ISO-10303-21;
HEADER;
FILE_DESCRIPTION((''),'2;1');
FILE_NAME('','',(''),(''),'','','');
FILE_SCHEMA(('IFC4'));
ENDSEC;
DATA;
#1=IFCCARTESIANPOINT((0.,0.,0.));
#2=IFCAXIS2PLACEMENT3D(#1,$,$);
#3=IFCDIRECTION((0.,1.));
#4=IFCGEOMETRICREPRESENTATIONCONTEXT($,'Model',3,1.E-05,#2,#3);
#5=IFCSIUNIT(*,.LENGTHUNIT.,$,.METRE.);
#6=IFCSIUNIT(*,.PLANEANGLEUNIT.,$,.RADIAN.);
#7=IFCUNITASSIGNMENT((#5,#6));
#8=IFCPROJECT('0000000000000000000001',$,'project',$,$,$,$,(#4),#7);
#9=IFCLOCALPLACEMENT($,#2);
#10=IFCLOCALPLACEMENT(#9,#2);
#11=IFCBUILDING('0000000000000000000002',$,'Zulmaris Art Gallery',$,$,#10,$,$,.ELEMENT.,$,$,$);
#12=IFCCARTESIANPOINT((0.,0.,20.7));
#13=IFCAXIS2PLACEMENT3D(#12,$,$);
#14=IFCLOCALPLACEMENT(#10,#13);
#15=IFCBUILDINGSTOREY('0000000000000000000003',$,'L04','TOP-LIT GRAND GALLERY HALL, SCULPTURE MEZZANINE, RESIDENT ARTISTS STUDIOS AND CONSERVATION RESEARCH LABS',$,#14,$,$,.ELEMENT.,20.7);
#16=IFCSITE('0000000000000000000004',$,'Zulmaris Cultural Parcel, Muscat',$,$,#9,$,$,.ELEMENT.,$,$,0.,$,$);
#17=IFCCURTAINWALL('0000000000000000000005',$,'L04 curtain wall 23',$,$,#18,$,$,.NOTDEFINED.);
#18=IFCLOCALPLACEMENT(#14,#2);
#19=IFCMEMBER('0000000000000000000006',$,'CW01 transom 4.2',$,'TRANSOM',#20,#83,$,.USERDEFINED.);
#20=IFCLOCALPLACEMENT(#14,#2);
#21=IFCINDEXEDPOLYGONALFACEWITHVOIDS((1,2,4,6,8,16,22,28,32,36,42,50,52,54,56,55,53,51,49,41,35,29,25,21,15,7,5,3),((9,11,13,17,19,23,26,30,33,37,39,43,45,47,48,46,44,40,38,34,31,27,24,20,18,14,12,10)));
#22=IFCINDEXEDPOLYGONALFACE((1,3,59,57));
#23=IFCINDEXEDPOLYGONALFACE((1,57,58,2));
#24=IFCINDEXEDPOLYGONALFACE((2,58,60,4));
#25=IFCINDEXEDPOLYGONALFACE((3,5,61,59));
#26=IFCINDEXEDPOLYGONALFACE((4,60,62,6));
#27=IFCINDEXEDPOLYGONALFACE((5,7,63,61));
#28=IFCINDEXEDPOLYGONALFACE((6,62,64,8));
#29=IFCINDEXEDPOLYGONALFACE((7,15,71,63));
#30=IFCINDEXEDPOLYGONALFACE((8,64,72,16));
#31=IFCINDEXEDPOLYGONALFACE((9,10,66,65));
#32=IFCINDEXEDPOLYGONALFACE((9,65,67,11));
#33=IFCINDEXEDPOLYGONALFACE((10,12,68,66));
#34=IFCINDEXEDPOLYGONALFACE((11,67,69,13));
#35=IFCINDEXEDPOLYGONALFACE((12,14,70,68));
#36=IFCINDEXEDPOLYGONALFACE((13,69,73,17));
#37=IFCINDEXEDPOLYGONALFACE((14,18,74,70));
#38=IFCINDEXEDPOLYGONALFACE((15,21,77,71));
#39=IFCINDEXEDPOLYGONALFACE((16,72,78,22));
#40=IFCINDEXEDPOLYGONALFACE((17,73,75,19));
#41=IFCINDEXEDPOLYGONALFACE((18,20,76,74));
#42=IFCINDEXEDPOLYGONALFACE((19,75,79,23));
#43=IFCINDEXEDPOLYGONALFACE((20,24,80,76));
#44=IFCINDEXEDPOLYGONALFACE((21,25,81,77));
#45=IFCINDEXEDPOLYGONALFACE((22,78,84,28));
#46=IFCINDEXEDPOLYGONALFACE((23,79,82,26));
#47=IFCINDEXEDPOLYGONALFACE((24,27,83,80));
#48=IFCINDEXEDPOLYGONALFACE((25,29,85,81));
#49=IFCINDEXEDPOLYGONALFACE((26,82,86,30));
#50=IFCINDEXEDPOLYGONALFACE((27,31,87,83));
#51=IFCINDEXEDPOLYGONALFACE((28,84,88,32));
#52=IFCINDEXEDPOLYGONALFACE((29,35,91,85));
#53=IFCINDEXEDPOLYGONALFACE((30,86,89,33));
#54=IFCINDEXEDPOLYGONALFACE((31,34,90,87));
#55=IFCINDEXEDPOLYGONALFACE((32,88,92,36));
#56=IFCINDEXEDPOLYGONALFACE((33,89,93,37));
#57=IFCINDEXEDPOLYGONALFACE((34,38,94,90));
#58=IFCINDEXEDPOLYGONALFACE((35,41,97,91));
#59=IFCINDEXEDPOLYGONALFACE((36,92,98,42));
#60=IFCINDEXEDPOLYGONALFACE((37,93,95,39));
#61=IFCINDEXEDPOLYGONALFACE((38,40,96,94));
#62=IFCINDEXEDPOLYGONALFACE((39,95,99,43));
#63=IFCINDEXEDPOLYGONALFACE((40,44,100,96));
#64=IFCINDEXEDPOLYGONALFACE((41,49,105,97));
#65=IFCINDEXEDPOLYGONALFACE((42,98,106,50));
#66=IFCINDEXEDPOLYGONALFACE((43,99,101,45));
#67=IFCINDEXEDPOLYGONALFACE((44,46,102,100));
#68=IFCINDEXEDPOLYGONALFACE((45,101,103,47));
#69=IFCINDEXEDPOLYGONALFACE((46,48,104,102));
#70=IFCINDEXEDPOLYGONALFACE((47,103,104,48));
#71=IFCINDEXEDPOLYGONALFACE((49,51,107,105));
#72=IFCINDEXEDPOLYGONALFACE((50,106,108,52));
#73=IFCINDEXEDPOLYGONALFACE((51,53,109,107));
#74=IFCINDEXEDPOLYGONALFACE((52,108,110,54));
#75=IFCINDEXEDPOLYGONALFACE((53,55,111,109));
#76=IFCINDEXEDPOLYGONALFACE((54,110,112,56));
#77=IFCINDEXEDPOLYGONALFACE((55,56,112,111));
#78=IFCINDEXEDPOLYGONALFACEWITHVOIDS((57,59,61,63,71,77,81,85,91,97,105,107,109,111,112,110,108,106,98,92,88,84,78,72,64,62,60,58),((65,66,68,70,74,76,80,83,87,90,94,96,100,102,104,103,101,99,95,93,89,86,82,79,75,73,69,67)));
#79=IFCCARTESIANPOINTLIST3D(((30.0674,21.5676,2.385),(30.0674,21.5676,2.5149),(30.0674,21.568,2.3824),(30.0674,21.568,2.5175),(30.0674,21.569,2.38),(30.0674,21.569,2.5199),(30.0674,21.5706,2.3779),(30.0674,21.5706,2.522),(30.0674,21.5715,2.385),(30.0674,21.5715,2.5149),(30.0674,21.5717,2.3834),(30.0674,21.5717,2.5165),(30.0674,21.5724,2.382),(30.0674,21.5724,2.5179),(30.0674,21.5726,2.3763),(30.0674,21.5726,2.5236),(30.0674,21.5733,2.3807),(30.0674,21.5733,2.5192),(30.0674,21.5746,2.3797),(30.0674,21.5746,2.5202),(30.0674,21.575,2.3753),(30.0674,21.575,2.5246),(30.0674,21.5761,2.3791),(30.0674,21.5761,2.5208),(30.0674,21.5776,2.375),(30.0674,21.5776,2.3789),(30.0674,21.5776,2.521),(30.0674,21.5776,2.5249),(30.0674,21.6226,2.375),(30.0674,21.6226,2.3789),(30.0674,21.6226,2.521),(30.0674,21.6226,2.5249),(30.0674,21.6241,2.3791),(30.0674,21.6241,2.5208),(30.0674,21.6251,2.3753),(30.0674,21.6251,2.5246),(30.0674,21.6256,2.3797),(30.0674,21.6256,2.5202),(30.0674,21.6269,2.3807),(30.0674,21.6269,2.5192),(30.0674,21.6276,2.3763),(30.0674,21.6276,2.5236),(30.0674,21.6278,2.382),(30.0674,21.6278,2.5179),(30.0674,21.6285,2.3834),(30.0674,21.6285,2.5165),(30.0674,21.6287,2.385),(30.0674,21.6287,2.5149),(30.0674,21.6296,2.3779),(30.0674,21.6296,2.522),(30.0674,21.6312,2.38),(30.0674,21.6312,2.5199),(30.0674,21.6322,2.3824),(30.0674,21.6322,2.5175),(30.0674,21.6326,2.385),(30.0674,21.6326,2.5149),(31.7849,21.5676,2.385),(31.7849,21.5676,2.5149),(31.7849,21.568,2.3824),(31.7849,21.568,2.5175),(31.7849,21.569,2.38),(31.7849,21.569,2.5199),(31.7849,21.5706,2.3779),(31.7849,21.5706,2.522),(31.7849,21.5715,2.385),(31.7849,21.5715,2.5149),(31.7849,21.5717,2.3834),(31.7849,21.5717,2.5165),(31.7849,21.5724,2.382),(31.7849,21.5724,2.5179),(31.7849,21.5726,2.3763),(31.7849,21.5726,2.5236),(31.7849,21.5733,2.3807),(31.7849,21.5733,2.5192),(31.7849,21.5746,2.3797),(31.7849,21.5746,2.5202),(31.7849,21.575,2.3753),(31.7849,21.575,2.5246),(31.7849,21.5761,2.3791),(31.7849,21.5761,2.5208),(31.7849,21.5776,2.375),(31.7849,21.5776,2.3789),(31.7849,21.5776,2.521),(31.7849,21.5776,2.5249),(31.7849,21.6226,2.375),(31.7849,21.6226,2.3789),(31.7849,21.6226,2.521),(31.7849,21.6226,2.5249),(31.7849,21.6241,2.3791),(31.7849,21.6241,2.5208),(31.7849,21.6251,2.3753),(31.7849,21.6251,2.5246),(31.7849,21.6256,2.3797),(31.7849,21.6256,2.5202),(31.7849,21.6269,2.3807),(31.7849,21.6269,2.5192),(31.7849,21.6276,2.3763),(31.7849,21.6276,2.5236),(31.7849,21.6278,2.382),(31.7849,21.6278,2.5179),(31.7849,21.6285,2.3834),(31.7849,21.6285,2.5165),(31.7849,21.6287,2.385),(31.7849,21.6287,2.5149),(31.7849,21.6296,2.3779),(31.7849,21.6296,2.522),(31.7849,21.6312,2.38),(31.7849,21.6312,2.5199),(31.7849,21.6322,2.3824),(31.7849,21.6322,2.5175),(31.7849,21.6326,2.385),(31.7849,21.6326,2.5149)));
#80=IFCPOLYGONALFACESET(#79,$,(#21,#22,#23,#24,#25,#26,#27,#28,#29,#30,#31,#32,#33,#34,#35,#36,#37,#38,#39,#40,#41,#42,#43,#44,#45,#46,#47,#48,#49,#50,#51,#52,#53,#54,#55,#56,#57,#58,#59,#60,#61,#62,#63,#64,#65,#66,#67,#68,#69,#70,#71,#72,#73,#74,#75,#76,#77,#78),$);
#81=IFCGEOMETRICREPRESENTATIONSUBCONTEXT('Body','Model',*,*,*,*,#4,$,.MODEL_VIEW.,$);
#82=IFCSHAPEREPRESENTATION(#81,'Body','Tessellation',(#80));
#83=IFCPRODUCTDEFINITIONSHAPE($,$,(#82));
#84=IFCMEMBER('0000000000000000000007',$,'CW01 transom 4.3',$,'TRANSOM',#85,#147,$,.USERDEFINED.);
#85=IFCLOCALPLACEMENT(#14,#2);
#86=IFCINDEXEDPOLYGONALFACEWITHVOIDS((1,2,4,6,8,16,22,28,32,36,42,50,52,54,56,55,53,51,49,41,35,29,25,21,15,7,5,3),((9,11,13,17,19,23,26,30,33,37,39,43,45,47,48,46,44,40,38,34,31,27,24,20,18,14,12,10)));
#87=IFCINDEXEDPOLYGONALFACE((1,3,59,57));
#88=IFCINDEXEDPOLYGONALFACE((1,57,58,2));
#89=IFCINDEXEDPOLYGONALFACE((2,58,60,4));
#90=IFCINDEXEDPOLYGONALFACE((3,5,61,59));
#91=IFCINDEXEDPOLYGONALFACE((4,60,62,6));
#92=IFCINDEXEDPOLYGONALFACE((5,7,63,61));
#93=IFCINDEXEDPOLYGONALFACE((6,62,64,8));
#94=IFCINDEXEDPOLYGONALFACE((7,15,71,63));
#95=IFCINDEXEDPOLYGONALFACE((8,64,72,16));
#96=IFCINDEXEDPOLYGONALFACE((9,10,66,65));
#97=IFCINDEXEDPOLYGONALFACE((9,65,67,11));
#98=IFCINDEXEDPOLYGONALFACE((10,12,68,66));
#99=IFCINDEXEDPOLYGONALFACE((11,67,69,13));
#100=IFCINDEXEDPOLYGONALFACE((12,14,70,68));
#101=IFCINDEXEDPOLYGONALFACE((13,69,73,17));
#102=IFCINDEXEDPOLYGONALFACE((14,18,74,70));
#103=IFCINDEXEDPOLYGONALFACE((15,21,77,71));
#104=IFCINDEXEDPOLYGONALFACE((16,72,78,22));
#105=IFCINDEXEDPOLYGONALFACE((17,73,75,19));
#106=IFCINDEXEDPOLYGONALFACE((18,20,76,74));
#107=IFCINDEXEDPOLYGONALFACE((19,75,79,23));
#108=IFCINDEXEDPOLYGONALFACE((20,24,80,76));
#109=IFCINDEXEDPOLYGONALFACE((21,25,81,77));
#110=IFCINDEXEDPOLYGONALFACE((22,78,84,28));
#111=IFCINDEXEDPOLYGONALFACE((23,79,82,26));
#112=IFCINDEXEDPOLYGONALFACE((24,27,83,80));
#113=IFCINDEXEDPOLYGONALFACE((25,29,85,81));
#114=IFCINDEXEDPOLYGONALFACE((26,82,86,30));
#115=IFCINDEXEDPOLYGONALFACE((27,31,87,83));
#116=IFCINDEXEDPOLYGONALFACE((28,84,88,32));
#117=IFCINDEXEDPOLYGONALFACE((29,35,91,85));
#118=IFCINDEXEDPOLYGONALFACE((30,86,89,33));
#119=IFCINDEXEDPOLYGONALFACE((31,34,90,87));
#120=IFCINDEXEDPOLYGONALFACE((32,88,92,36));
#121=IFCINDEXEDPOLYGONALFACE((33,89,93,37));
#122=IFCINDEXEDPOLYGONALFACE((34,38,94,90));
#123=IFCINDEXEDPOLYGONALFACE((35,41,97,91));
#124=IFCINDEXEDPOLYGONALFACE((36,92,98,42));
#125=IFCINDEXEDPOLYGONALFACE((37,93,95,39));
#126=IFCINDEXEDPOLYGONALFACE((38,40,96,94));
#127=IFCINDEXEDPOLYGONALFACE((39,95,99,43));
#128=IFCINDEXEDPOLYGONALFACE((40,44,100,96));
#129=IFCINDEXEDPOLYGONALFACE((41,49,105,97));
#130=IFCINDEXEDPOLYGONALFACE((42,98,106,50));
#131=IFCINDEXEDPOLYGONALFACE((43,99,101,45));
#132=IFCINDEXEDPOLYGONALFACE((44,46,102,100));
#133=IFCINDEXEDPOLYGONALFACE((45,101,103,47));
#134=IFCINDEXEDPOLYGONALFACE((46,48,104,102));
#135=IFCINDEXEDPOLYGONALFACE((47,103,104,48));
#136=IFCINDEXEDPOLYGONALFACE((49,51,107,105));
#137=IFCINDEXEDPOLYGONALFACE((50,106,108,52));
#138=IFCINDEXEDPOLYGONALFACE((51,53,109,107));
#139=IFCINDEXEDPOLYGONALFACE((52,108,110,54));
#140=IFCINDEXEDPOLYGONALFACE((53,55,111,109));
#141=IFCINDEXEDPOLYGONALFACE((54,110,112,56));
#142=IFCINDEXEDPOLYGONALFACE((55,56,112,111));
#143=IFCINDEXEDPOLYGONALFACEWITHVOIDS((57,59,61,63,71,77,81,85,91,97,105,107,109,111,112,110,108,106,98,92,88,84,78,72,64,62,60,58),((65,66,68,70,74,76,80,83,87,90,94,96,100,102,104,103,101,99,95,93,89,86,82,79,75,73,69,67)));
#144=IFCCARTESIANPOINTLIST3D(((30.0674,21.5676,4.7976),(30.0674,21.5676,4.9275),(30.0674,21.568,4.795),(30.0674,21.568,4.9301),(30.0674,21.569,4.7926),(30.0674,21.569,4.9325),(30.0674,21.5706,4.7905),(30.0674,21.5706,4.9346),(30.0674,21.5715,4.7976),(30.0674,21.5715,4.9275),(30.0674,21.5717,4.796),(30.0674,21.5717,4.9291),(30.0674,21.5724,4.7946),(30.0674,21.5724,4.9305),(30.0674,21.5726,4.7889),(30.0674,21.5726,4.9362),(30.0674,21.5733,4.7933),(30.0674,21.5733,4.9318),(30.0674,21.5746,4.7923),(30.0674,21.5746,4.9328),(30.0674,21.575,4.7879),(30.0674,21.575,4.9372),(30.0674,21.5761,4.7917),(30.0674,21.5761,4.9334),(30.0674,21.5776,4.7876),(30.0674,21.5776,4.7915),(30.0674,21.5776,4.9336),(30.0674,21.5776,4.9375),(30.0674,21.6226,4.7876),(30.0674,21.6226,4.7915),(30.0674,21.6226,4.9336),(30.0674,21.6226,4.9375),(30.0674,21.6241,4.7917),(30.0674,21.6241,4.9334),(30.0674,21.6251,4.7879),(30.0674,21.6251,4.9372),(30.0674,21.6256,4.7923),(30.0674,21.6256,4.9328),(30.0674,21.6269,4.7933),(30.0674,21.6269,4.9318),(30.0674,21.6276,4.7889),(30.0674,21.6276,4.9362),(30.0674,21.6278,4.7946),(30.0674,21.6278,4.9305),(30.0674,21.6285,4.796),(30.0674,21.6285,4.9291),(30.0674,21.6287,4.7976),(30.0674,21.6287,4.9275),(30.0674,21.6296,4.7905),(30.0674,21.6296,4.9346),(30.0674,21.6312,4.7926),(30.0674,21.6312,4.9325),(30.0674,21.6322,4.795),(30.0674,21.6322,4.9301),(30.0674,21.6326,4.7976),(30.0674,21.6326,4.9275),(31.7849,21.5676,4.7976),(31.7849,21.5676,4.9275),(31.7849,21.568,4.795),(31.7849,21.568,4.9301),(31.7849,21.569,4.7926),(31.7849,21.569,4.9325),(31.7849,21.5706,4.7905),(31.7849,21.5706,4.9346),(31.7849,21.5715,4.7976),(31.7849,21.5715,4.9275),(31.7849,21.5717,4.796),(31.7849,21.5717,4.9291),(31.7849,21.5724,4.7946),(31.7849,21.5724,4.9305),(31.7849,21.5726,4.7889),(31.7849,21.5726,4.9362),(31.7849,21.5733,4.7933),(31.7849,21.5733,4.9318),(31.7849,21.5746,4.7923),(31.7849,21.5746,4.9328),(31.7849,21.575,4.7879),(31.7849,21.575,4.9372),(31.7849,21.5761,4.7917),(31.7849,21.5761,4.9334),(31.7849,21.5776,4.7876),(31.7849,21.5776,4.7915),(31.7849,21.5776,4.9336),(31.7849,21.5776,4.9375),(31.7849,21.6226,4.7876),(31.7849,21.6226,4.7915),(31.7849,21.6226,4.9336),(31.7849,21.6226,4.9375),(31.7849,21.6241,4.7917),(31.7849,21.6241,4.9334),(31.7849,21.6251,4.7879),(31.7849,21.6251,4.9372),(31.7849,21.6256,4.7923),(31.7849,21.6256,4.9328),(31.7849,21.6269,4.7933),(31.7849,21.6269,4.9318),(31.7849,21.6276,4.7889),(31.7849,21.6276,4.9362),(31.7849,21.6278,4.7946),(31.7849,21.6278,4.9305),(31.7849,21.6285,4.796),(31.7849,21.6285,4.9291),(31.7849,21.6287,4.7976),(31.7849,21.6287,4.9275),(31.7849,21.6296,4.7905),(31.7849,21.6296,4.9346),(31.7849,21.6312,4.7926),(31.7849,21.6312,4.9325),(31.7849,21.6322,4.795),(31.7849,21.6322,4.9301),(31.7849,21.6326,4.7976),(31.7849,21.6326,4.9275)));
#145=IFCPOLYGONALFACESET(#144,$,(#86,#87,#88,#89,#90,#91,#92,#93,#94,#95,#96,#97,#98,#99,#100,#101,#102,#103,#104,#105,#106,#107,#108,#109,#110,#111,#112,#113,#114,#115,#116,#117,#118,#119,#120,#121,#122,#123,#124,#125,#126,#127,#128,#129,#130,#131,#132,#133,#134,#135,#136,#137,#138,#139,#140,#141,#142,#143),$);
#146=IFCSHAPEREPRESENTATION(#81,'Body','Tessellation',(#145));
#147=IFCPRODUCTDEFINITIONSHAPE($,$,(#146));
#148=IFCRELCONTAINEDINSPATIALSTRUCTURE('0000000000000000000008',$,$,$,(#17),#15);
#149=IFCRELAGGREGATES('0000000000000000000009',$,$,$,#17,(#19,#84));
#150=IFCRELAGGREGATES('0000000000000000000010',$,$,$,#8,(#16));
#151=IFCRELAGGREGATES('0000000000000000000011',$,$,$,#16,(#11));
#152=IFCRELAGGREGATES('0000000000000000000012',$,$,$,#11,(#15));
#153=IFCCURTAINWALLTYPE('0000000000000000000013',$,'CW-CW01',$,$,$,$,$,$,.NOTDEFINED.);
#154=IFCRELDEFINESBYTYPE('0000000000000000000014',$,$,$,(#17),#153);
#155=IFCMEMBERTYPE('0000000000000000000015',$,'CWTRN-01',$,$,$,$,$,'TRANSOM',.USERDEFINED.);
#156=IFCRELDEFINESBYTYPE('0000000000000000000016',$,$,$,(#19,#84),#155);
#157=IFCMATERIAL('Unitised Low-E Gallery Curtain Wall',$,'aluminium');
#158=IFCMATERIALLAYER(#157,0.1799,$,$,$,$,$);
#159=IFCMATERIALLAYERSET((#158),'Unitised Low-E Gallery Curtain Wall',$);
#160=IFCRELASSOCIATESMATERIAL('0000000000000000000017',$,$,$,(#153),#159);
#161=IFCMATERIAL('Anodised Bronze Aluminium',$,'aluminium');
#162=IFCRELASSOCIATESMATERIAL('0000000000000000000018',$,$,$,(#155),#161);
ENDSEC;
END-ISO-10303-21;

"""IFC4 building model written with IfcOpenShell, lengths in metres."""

from ifc_helpers import new_model, si_unit, direction, frame, origin, origin_2d, place, context, subcontext, project, spatial, hollow_rectangle, extrude, material, layer, layer_set, material_profile, profile_set, type_object, element, aggregate, save


model = new_model("IFC4")

# Units and contexts
model_context = context("Model", 3, precision=1e-05, world=origin(), true_north=direction((0.0, 1.0)))
body_context = subcontext(model_context, "Body", "Model", "MODEL_VIEW")
ifc_project = project(units=[si_unit("LENGTHUNIT", "METRE"), si_unit("PLANEANGLEUNIT", "RADIAN")], contexts=[model_context])

# Site, building, storey
site_placement = place(None, origin())
site = spatial("IfcSite", under=ifc_project, at=site_placement, Name="Zulmaris Cultural Parcel, Muscat", CompositionType="ELEMENT", RefElevation=0.0)
building_placement = place(site_placement, origin())
building = spatial("IfcBuilding", under=site, at=building_placement, Name="Zulmaris Art Gallery", CompositionType="ELEMENT")
storey_placement = place(building_placement, frame((0.0, 0.0, 20.7)))
storey = spatial("IfcBuildingStorey", under=building, at=storey_placement, Name="L04", Description="TOP-LIT GRAND GALLERY HALL, SCULPTURE MEZZANINE, RESIDENT ARTISTS STUDIOS AND CONSERVATION RESEARCH LABS", CompositionType="ELEMENT", Elevation=20.7)

# Curtain wall
ifc_material_1 = material(Name="Unitised Low-E Gallery Curtain Wall", Category="aluminium")
ifc_layer_1 = layer(ifc_material_1, 0.1799)
ifc_layer_set_1 = layer_set([ifc_layer_1], Name="Unitised Low-E Gallery Curtain Wall")
curtain_wall_type_1 = type_object("IfcCurtainWallType", Name="CW-CW01", PredefinedType="NOTDEFINED", material=ifc_layer_set_1)
curtain_wall_1_placement = place(storey_placement, origin())
curtain_wall_1 = element("IfcCurtainWall", 1, at=curtain_wall_1_placement, inside=storey, type_object=curtain_wall_type_1, Name="L04 curtain wall 23", PredefinedType="NOTDEFINED")
ifc_material_2 = material(Name="Anodised Bronze Aluminium", Category="aluminium")

# Members
ifc_material_profile_1 = material_profile(ifc_material_2, hollow_rectangle(XDim=0.0649, YDim=0.1499, WallThickness=0.0039, InnerFilletRadius=0.0061, OuterFilletRadius=0.01, at=origin_2d()), Name="ALU 65x150x4")
ifc_profile_set_1 = profile_set([ifc_material_profile_1], Name="Anodised Bronze Aluminium")
member_type_1 = type_object("IfcMemberType", Name="CWTRN-01", ElementType="TRANSOM", PredefinedType="USERDEFINED", material=ifc_profile_set_1)
member_1_placement = place(storey_placement, frame((30.0674, 21.6001, 2.45), z_axis=(1.0, 0.0, 0.0), x_axis=(0.0, 1.0, 0.0)))
member_1 = element("IfcMember", 2, at=member_1_placement, type_object=member_type_1, Name="CW01 transom 4.2", ObjectType="TRANSOM", PredefinedType="USERDEFINED", context=body_context, shape_type="SweptSolid", body=[
    extrude(hollow_rectangle(XDim=0.0649, YDim=0.1499, WallThickness=0.0039, InnerFilletRadius=0.0061, OuterFilletRadius=0.01, at=origin_2d()), origin(), (0.0, 0.0, 1.0), 1.7175),
])
member_2_placement = place(storey_placement, frame((30.0674, 21.6001, 4.8625), z_axis=(1.0, 0.0, 0.0), x_axis=(0.0, 1.0, 0.0)))
member_2 = element("IfcMember", 3, at=member_2_placement, type_object=member_type_1, Name="CW01 transom 4.3", ObjectType="TRANSOM", PredefinedType="USERDEFINED", context=body_context, shape_type="SweptSolid", body=[
    extrude(hollow_rectangle(XDim=0.0649, YDim=0.1499, WallThickness=0.0039, InnerFilletRadius=0.0061, OuterFilletRadius=0.01, at=origin_2d()), origin(), (0.0, 0.0, 1.0), 1.7175),
])

aggregate(curtain_wall_1, [member_1, member_2])

save(model, "model.ifc")
